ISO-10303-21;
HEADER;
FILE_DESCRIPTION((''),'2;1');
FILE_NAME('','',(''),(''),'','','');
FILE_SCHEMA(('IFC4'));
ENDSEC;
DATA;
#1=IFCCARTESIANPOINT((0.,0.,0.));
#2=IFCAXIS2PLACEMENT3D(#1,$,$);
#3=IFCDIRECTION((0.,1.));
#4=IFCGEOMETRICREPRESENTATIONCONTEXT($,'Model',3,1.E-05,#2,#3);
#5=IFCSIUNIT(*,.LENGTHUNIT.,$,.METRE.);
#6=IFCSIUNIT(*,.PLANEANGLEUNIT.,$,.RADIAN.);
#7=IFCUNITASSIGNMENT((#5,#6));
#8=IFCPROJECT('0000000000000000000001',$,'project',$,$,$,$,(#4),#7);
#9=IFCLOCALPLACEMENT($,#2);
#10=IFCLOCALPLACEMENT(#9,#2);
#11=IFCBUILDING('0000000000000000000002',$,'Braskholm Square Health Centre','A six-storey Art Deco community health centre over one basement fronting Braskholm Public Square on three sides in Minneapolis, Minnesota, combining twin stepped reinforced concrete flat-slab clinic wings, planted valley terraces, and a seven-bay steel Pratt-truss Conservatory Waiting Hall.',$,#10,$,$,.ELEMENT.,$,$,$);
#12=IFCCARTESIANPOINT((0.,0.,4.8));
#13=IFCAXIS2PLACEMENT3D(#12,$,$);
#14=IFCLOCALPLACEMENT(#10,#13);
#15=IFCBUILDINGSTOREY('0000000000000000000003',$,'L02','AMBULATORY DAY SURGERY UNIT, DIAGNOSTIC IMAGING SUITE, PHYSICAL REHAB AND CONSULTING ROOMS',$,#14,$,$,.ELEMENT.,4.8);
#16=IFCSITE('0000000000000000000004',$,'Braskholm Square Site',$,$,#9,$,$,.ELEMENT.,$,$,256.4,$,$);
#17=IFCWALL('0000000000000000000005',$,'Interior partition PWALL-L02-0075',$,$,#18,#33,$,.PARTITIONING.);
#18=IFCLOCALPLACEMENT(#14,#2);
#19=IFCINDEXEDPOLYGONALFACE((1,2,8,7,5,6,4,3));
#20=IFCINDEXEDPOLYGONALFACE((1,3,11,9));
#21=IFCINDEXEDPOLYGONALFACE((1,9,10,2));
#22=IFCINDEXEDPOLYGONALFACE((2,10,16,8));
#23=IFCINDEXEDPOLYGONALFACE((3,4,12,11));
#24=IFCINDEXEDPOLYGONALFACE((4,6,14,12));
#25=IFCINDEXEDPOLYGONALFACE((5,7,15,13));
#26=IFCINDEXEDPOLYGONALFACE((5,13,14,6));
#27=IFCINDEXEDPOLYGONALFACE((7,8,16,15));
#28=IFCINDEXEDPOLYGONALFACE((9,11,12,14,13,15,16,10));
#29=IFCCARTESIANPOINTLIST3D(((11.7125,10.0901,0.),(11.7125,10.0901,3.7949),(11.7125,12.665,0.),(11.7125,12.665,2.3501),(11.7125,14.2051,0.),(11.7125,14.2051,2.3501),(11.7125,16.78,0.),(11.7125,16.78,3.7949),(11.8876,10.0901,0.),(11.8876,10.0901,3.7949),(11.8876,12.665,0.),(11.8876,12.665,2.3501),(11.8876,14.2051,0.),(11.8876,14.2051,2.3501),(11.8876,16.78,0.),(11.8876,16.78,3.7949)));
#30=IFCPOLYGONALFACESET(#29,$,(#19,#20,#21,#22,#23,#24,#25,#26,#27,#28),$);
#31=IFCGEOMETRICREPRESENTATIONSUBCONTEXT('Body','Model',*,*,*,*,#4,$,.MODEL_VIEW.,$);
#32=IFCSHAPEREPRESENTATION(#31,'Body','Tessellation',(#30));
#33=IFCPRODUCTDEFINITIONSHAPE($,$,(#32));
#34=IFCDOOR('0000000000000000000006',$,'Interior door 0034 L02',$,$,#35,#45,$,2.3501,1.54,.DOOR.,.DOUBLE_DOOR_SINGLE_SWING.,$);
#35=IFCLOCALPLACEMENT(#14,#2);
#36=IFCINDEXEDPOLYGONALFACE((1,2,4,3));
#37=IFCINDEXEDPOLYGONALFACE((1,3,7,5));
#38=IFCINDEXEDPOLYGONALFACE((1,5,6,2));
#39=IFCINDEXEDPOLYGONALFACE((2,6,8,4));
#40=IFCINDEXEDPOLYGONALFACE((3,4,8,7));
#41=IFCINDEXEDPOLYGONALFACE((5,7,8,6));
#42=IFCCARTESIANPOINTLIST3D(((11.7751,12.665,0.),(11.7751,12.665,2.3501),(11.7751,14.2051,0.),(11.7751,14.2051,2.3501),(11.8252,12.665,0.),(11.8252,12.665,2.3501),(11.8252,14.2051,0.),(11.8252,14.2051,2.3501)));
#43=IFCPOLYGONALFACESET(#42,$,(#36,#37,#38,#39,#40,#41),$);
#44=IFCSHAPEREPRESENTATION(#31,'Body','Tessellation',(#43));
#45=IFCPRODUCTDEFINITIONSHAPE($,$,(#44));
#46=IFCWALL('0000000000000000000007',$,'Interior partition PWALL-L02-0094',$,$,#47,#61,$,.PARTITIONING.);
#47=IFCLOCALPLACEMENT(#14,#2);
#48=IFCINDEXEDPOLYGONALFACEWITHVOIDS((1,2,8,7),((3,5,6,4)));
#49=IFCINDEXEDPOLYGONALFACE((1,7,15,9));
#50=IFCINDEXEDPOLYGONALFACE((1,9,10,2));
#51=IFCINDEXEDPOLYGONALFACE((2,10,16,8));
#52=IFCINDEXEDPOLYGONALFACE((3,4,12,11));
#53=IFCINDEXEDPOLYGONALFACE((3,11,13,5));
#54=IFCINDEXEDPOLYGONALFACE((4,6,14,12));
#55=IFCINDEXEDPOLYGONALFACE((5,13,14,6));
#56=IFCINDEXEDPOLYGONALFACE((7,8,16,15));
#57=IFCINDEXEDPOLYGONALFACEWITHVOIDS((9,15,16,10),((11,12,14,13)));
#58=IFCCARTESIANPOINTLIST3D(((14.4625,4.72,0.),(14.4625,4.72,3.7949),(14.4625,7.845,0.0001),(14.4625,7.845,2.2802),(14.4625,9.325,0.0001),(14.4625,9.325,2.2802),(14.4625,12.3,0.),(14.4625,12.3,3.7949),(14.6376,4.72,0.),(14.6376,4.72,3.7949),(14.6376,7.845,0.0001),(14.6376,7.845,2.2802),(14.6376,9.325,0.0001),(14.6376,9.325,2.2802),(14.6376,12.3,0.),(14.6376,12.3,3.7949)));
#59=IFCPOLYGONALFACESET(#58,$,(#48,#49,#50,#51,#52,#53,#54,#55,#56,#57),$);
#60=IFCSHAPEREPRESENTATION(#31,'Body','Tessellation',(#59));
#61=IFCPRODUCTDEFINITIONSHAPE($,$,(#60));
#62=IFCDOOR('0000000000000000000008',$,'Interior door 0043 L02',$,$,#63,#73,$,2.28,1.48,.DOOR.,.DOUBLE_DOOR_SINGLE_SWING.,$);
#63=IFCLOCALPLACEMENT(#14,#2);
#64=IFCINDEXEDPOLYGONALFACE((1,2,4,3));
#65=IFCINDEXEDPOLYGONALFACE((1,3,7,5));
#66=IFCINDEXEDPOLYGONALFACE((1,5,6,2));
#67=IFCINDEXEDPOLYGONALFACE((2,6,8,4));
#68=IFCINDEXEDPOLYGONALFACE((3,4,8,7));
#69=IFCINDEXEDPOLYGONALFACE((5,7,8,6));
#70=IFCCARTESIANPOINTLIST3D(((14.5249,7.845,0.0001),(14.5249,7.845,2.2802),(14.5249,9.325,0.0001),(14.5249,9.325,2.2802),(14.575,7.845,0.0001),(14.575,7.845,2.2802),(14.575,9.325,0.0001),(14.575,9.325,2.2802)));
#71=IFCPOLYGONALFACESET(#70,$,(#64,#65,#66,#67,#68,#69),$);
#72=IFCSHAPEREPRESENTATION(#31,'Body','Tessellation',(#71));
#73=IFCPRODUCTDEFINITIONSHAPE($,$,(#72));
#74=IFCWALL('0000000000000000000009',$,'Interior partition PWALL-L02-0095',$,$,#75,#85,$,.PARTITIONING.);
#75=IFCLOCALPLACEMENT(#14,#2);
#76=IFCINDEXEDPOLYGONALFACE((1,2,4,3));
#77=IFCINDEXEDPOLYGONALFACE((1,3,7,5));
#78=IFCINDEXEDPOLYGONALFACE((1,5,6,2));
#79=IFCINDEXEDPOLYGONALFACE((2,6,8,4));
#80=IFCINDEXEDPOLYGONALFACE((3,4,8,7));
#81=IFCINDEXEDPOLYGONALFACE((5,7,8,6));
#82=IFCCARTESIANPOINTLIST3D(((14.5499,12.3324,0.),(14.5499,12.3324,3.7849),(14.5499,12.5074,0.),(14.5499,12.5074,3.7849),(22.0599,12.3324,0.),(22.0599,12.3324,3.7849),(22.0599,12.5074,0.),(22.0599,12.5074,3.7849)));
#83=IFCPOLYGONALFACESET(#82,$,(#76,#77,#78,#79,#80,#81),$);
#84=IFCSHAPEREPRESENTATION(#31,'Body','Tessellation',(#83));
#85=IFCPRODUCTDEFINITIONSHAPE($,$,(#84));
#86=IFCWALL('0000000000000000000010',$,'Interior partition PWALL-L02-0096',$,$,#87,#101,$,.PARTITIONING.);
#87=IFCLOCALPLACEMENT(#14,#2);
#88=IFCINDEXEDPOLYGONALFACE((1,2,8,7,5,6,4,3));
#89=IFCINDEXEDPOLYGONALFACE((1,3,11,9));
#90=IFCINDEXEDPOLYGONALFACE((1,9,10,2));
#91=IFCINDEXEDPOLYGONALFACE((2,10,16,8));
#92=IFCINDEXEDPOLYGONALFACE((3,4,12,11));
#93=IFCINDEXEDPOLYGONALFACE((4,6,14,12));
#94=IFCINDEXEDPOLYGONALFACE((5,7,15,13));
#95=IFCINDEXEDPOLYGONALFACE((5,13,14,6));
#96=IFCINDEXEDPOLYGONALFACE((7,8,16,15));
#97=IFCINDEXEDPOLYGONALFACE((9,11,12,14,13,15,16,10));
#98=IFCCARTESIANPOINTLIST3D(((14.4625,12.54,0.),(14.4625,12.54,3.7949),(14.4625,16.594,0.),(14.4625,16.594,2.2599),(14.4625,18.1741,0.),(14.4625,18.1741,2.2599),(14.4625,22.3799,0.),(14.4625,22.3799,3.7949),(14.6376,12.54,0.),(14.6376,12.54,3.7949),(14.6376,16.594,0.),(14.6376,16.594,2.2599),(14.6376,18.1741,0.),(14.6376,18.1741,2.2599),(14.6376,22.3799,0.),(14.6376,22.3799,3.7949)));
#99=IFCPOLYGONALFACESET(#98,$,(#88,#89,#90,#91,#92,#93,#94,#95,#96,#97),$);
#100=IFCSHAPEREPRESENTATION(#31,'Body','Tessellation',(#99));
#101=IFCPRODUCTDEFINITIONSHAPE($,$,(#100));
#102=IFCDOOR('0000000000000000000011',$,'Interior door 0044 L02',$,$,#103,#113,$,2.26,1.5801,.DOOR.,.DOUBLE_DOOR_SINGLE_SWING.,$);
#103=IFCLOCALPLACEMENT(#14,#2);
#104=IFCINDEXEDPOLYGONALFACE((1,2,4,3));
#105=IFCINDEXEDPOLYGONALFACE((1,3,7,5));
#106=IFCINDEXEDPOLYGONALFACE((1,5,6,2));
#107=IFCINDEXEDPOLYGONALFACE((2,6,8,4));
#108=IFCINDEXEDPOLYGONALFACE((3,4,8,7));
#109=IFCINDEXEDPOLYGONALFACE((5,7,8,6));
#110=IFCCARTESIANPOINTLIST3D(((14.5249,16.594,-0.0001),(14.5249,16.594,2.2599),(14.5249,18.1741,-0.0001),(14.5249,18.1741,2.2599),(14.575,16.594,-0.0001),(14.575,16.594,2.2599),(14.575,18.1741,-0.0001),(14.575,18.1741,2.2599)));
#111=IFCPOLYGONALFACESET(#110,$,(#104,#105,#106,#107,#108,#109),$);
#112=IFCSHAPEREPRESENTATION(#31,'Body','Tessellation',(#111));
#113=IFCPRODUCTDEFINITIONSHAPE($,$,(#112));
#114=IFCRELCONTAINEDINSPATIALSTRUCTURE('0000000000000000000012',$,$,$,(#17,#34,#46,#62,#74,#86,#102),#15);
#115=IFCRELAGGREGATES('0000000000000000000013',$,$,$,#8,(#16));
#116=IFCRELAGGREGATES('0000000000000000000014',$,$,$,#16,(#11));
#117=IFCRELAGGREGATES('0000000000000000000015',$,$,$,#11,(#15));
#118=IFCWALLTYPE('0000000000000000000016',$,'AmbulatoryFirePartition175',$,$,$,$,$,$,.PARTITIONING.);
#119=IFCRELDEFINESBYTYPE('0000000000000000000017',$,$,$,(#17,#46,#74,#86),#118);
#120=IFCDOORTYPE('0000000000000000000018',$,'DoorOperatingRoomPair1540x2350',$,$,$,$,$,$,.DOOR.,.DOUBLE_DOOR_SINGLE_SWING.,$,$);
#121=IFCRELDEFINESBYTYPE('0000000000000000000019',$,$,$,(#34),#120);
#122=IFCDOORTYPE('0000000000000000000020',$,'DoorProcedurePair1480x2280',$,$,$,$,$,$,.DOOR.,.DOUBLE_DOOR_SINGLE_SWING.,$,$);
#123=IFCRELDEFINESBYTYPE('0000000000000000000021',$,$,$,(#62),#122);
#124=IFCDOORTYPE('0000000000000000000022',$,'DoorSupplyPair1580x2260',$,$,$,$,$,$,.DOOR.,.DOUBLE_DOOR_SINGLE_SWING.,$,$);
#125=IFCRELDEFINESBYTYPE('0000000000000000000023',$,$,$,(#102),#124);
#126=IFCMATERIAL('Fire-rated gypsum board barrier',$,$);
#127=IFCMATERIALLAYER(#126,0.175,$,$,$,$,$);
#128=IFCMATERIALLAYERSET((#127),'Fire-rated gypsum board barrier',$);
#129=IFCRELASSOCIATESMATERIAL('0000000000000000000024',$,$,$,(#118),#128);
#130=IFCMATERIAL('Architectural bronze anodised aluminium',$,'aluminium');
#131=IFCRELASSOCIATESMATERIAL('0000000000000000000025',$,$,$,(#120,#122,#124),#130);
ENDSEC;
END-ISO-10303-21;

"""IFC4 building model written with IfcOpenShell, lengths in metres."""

from ifc_helpers import new_model, si_unit, direction, frame, frame_2d, origin, origin_with_axes, place, context, subcontext, project, spatial, rectangle, extrude, material, layer, layer_set, type_object, element, fill, save


model = new_model("IFC4")

# Units and contexts
model_context = context("Model", 3, precision=1e-05, world=origin(), true_north=direction((0.0, 1.0)))
body_context = subcontext(model_context, "Body", "Model", "MODEL_VIEW")
ifc_project = project(units=[si_unit("LENGTHUNIT", "METRE"), si_unit("PLANEANGLEUNIT", "RADIAN")], contexts=[model_context])

# Site, building, storey
site_placement = place(None, origin())
site = spatial("IfcSite", under=ifc_project, at=site_placement, Name="Braskholm Square Site", CompositionType="ELEMENT", RefElevation=256.4)
building_placement = place(site_placement, origin())
building = spatial("IfcBuilding", under=site, at=building_placement, Name="Braskholm Square Health Centre", Description="A six-storey Art Deco community health centre over one basement fronting Braskholm Public Square on three sides in Minneapolis, Minnesota, combining twin stepped reinforced concrete flat-slab clinic wings, planted valley terraces, and a seven-bay steel Pratt-truss Conservatory Waiting Hall.", CompositionType="ELEMENT")
storey_placement = place(building_placement, frame((0.0, 0.0, 4.8)))
storey = spatial("IfcBuildingStorey", under=building, at=storey_placement, Name="L02", Description="AMBULATORY DAY SURGERY UNIT, DIAGNOSTIC IMAGING SUITE, PHYSICAL REHAB AND CONSULTING ROOMS", CompositionType="ELEMENT", Elevation=4.8)

# Walls, openings, doors
ifc_material_1 = material(Name="Fire-rated gypsum board barrier")
ifc_layer_1 = layer(ifc_material_1, 0.175)
ifc_layer_set_1 = layer_set([ifc_layer_1], Name="Fire-rated gypsum board barrier")
wall_type_1 = type_object("IfcWallType", Name="AmbulatoryFirePartition175", PredefinedType="PARTITIONING", material=ifc_layer_set_1)
ifc_material_2 = material(Name="Architectural bronze anodised aluminium", Category="aluminium")
door_type_1 = type_object("IfcDoorType", Name="DoorOperatingRoomPair1540x2350", OperationType="DOUBLE_DOOR_SINGLE_SWING", PredefinedType="DOOR", material=ifc_material_2)
wall_1_placement = place(storey_placement, frame((11.8, 10.0901, 0.0), z_axis=(0.0, 0.0, 1.0), x_axis=(0.0, 1.0, 0.0)))
wall_1 = element("IfcWall", 1, at=wall_1_placement, inside=storey, type_object=wall_type_1, Name="Interior partition PWALL-L02-0075", PredefinedType="PARTITIONING", context=body_context, shape_type="SweptSolid", body=[
    extrude(rectangle(XDim=6.6899, YDim=0.175, at=frame_2d((3.345, 0.0))), origin(), (0.0, 0.0, 1.0), 3.7949),
])
opening_1_placement = place(wall_1_placement, frame((2.575, 0.0, 0.0)))
opening_1 = element("IfcOpeningElement", 2, at=opening_1_placement, cuts=wall_1, PredefinedType="OPENING", context=body_context, shape_type="SweptSolid", body=[
    extrude(rectangle(XDim=1.54, YDim=2.3501, at=frame_2d((0.77, 1.175))), frame((0.0, 0.0977, 0.0), z_axis=(0.0, -1.0, 0.0), x_axis=(1.0, 0.0, 0.0)), (0.0, 0.0, 1.0), 0.1951),
])
door_1_placement = place(opening_1_placement, origin_with_axes())
door_1 = element("IfcDoor", 3, at=door_1_placement, inside=storey, type_object=door_type_1, Name="Interior door 0034 L02", OperationType="DOUBLE_DOOR_SINGLE_SWING", OverallHeight=2.3501, OverallWidth=1.54, PredefinedType="DOOR", context=body_context, shape_type="SweptSolid", body=[
    extrude(rectangle(XDim=1.54, YDim=2.3501, at=frame_2d((0.77, 1.175))), frame((0.0, 0.0249, 0.0), z_axis=(0.0, -1.0, 0.0), x_axis=(1.0, 0.0, 0.0)), (0.0, 0.0, 1.0), 0.05),
])
fill(opening_1, door_1)
wall_2_placement = place(storey_placement, frame((14.55, 4.72, 0.0), z_axis=(0.0, 0.0, 1.0), x_axis=(0.0, 1.0, 0.0)))
wall_2 = element("IfcWall", 4, at=wall_2_placement, inside=storey, type_object=wall_type_1, Name="Interior partition PWALL-L02-0094", PredefinedType="PARTITIONING", context=body_context, shape_type="SweptSolid", body=[
    extrude(rectangle(XDim=7.5801, YDim=0.175, at=frame_2d((3.79, 0.0))), origin(), (0.0, 0.0, 1.0), 3.7949),
])
opening_2_placement = place(wall_2_placement, frame((3.125, 0.0, 0.0)))
opening_2 = element("IfcOpeningElement", 5, at=opening_2_placement, cuts=wall_2, PredefinedType="OPENING", context=body_context, shape_type="SweptSolid", body=[
    extrude(rectangle(XDim=1.48, YDim=2.28, at=frame_2d((0.74, 1.1401))), frame((0.0, 0.0977, 0.0), z_axis=(0.0, -1.0, 0.0), x_axis=(1.0, 0.0, 0.0)), (0.0, 0.0, 1.0), 0.1951),
])
door_type_2 = type_object("IfcDoorType", Name="DoorProcedurePair1480x2280", OperationType="DOUBLE_DOOR_SINGLE_SWING", PredefinedType="DOOR", material=ifc_material_2)
door_2_placement = place(opening_2_placement, frame((1.48, 0.0, 0.0), z_axis=(0.0, 0.0, 1.0), x_axis=(-1.0, 0.0, 0.0)))
door_2 = element("IfcDoor", 6, at=door_2_placement, inside=storey, type_object=door_type_2, Name="Interior door 0043 L02", OperationType="DOUBLE_DOOR_SINGLE_SWING", OverallHeight=2.28, OverallWidth=1.48, PredefinedType="DOOR", context=body_context, shape_type="SweptSolid", body=[
    extrude(rectangle(XDim=1.48, YDim=2.28, at=frame_2d((0.74, 1.1401))), frame((0.0, 0.0249, 0.0), z_axis=(0.0, -1.0, 0.0), x_axis=(1.0, 0.0, 0.0)), (0.0, 0.0, 1.0), 0.05),
])
fill(opening_2, door_2)

# Wall
wall_3_placement = place(storey_placement, frame((14.55, 12.4199, 0.0), z_axis=(0.0, 0.0, 1.0), x_axis=(1.0, 0.0, 0.0)))
element("IfcWall", 7, at=wall_3_placement, inside=storey, type_object=wall_type_1, Name="Interior partition PWALL-L02-0095", PredefinedType="PARTITIONING", context=body_context, shape_type="SweptSolid", body=[
    extrude(rectangle(XDim=7.51, YDim=0.175, at=frame_2d((3.7549, 0.0))), origin(), (0.0, 0.0, 1.0), 3.7849),
])

# Wall, opening, door
wall_4_placement = place(storey_placement, frame((14.55, 12.54, 0.0), z_axis=(0.0, 0.0, 1.0), x_axis=(0.0, 1.0, 0.0)))
wall_4 = element("IfcWall", 8, at=wall_4_placement, inside=storey, type_object=wall_type_1, Name="Interior partition PWALL-L02-0096", PredefinedType="PARTITIONING", context=body_context, shape_type="SweptSolid", body=[
    extrude(rectangle(XDim=9.8398, YDim=0.175, at=frame_2d((4.9199, 0.0))), origin(), (0.0, 0.0, 1.0), 3.7949),
])
opening_3_placement = place(wall_4_placement, frame((4.054, 0.0, 0.0)))
opening_3 = element("IfcOpeningElement", 9, at=opening_3_placement, cuts=wall_4, PredefinedType="OPENING", context=body_context, shape_type="SweptSolid", body=[
    extrude(rectangle(XDim=1.5801, YDim=2.26, at=frame_2d((0.79, 1.1299))), frame((0.0, 0.0977, 0.0), z_axis=(0.0, -1.0, 0.0), x_axis=(1.0, 0.0, 0.0)), (0.0, 0.0, 1.0), 0.1951),
])
door_type_3 = type_object("IfcDoorType", Name="DoorSupplyPair1580x2260", OperationType="DOUBLE_DOOR_SINGLE_SWING", PredefinedType="DOOR", material=ifc_material_2)
door_3_placement = place(opening_3_placement, frame((1.5801, 0.0, 0.0), z_axis=(0.0, 0.0, 1.0), x_axis=(-1.0, 0.0, 0.0)))
door_3 = element("IfcDoor", 10, at=door_3_placement, inside=storey, type_object=door_type_3, Name="Interior door 0044 L02", OperationType="DOUBLE_DOOR_SINGLE_SWING", OverallHeight=2.26, OverallWidth=1.5801, PredefinedType="DOOR", context=body_context, shape_type="SweptSolid", body=[
    extrude(rectangle(XDim=1.5801, YDim=2.26, at=frame_2d((0.79, 1.1299))), frame((0.0, 0.0249, 0.0), z_axis=(0.0, -1.0, 0.0), x_axis=(1.0, 0.0, 0.0)), (0.0, 0.0, 1.0), 0.05),
])
fill(opening_3, door_3)

save(model, "model.ifc")
